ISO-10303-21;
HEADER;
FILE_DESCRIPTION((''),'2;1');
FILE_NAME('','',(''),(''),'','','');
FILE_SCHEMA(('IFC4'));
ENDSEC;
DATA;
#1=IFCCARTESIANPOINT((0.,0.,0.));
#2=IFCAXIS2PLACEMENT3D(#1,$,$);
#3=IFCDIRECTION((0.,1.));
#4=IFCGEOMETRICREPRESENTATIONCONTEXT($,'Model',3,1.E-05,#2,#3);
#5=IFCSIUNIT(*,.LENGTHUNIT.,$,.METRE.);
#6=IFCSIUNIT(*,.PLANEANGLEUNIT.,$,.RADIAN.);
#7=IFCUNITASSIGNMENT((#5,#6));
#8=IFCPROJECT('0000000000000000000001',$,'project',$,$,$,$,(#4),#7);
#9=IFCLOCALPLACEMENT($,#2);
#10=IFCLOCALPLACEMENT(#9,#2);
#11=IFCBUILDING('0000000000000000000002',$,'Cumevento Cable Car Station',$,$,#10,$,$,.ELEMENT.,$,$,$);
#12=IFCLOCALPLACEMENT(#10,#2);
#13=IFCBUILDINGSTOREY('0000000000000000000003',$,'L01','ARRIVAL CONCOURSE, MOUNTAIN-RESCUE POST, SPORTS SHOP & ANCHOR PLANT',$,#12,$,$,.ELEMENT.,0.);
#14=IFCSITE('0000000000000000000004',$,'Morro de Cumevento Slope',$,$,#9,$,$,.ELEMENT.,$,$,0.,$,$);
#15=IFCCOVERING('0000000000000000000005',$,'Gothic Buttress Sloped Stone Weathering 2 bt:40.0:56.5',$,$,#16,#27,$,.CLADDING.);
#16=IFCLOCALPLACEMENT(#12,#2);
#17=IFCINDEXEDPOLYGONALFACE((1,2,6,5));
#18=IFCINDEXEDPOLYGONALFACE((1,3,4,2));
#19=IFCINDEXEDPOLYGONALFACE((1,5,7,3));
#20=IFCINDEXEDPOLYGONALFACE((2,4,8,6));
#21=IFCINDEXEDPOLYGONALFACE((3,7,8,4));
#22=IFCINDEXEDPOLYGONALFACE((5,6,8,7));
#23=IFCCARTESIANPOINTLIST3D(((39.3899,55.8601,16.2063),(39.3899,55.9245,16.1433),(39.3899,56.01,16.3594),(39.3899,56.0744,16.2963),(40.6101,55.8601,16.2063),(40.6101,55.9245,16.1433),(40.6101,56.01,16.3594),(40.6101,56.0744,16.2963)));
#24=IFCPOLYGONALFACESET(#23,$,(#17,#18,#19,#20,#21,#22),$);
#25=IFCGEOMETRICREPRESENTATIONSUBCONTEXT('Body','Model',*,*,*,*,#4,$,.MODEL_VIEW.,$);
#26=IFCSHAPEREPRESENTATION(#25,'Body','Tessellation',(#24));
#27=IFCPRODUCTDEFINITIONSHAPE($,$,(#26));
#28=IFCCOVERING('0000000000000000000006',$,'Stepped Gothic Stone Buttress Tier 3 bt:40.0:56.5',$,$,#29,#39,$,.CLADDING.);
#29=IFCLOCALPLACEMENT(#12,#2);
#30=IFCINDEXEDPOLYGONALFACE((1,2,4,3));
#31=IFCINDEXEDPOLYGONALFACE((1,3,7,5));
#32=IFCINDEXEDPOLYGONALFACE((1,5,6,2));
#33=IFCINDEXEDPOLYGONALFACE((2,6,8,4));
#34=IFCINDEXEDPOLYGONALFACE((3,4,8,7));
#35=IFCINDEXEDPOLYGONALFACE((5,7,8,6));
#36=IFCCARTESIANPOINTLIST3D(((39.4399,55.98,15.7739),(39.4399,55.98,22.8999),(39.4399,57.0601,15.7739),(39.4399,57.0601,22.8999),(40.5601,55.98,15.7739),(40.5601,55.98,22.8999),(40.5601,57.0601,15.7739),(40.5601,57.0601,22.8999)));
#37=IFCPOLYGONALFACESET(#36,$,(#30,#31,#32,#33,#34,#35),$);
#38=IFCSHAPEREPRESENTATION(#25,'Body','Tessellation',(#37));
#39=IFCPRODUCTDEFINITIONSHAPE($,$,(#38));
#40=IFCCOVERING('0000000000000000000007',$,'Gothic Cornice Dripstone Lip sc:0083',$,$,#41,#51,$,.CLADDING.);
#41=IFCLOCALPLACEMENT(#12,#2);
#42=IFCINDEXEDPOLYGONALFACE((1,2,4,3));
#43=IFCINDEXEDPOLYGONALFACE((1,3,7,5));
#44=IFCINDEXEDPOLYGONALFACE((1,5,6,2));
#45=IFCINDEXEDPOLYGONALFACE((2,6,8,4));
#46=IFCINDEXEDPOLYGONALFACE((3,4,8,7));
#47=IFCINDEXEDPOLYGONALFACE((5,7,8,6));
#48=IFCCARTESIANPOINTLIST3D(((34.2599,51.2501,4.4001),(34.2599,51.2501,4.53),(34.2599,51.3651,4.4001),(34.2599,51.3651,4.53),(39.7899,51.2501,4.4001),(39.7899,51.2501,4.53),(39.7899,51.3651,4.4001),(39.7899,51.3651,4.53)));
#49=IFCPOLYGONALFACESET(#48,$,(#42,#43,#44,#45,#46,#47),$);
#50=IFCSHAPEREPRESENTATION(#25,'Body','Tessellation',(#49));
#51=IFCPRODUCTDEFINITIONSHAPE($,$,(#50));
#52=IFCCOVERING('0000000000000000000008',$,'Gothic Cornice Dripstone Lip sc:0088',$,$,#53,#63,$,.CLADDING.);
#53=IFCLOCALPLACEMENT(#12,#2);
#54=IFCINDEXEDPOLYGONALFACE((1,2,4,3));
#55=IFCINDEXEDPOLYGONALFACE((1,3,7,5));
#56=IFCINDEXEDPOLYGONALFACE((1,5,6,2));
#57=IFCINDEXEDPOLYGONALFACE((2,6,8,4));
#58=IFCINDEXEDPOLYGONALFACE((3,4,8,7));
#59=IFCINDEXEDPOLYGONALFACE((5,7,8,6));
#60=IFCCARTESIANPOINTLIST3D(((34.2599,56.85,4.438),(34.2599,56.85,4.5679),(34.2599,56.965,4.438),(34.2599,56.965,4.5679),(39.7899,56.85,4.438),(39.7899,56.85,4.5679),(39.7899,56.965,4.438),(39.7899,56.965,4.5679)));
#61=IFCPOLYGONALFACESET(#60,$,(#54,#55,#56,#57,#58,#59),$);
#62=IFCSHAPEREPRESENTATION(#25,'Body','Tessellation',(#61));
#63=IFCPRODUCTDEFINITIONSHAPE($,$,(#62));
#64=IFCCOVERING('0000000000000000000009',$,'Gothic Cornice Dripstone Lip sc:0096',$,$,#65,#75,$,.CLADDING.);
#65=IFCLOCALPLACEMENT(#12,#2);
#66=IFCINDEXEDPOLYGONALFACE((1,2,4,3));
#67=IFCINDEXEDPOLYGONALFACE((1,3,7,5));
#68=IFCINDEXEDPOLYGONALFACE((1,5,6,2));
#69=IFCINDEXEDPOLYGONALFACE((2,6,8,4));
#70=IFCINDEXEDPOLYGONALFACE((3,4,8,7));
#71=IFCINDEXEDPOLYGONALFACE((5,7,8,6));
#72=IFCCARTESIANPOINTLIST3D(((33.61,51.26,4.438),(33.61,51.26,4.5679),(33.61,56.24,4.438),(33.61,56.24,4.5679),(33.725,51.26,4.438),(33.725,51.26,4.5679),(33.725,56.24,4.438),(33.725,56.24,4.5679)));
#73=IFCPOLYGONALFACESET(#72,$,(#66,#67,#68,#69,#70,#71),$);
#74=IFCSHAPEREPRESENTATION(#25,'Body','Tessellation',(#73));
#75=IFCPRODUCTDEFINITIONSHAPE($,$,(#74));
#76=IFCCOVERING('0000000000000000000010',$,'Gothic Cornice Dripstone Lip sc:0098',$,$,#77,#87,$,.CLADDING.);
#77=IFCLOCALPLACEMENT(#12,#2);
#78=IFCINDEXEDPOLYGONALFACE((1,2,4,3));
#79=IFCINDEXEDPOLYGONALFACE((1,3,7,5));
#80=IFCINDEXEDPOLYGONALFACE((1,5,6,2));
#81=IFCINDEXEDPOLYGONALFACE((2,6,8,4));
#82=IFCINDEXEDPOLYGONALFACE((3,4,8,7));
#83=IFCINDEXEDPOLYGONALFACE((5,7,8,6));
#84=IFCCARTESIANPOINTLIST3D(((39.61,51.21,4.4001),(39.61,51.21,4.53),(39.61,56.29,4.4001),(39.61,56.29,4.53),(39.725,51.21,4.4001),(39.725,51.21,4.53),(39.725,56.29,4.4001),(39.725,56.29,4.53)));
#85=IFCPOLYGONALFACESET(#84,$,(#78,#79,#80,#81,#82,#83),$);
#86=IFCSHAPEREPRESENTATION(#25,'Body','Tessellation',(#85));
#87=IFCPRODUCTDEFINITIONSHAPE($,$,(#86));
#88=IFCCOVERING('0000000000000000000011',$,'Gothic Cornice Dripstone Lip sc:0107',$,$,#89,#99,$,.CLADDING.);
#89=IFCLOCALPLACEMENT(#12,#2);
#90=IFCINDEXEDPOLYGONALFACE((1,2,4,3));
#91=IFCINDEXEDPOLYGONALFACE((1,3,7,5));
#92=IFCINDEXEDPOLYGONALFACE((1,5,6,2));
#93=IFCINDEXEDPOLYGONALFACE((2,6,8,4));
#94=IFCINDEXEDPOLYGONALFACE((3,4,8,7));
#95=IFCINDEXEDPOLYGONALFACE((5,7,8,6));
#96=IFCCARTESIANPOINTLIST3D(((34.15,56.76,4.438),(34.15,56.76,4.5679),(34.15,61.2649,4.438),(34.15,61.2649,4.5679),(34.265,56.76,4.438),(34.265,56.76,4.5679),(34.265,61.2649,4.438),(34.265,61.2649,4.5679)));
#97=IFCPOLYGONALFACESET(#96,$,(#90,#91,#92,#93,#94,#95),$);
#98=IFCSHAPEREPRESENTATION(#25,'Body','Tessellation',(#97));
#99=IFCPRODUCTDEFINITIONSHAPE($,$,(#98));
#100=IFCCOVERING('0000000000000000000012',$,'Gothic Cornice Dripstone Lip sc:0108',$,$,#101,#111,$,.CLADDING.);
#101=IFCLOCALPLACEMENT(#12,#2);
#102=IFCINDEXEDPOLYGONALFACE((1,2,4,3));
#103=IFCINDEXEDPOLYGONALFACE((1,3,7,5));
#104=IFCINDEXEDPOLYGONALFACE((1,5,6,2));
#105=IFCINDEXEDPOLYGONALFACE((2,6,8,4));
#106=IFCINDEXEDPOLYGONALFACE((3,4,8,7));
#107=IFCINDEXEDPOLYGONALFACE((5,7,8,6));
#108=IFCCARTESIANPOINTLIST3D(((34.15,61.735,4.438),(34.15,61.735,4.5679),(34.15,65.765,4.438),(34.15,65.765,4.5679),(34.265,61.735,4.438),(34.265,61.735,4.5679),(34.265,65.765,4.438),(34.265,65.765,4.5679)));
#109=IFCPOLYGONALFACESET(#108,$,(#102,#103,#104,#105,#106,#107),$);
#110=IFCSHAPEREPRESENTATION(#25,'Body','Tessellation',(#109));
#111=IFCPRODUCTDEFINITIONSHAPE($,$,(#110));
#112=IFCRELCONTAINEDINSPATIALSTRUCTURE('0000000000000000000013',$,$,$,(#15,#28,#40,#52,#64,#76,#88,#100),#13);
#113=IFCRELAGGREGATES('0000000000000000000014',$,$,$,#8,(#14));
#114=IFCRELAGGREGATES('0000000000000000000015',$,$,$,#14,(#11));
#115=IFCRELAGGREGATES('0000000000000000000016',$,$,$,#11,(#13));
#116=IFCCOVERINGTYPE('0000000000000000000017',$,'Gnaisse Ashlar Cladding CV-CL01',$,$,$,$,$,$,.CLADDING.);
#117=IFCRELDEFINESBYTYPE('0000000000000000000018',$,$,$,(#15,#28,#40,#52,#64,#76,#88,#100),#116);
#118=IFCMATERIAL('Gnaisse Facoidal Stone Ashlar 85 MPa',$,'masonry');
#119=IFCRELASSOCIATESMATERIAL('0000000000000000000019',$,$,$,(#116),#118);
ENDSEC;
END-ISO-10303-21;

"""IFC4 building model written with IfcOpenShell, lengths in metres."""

from ifc_helpers import new_model, si_unit, direction, frame, origin, origin_2d, place, context, subcontext, project, spatial, polyline, rectangle, outline, extrude, material, type_object, element, save


model = new_model("IFC4")

# Units and contexts
model_context = context("Model", 3, precision=1e-05, world=origin(), true_north=direction((0.0, 1.0)))
body_context = subcontext(model_context, "Body", "Model", "MODEL_VIEW")
ifc_project = project(units=[si_unit("LENGTHUNIT", "METRE"), si_unit("PLANEANGLEUNIT", "RADIAN")], contexts=[model_context])

# Site, building, storey
site_placement = place(None, origin())
site = spatial("IfcSite", under=ifc_project, at=site_placement, Name="Morro de Cumevento Slope", CompositionType="ELEMENT", RefElevation=0.0)
building_placement = place(site_placement, origin())
building = spatial("IfcBuilding", under=site, at=building_placement, Name="Cumevento Cable Car Station", CompositionType="ELEMENT")
storey_placement = place(building_placement, origin())
storey = spatial("IfcBuildingStorey", under=building, at=storey_placement, Name="L01", Description="ARRIVAL CONCOURSE, MOUNTAIN-RESCUE POST, SPORTS SHOP & ANCHOR PLANT", CompositionType="ELEMENT", Elevation=0.0)

# Coverings
ifc_material_1 = material(Name="Gnaisse Facoidal Stone Ashlar 85 MPa", Category="masonry")
covering_type = type_object("IfcCoveringType", Name="Gnaisse Ashlar Cladding CV-CL01", PredefinedType="CLADDING", material=ifc_material_1)
covering_1_placement = place(storey_placement, frame((39.3899, 55.8601, 16.2063), z_axis=(0.0, -0.714475, 0.699661), x_axis=(1.0, 0.0, 0.0)))
element("IfcCovering", 1, at=covering_1_placement, inside=storey, type_object=covering_type, Name="Gothic Buttress Sloped Stone Weathering 2 bt:40.0:56.5", PredefinedType="CLADDING", context=body_context, shape_type="SweptSolid", body=[
    extrude(outline(polyline([(0.0, 0.0), (1.2202, 0.0), (1.2202, 0.2142), (0.0, 0.2142), (0.0, 0.0)])), origin(), (0.0, 0.0, -1.0), 0.0901),
])
covering_2_placement = place(storey_placement, frame((40.0, 56.52, 15.7739), z_axis=(0.0, 0.0, 1.0), x_axis=(1.0, 0.0, 0.0)))
element("IfcCovering", 2, at=covering_2_placement, inside=storey, type_object=covering_type, Name="Stepped Gothic Stone Buttress Tier 3 bt:40.0:56.5", PredefinedType="CLADDING", context=body_context, shape_type="SweptSolid", body=[
    extrude(rectangle(XDim=1.1201, YDim=1.0801, at=origin_2d()), origin(), (0.0, 0.0, 1.0), 7.126),
])
for number, where, z_axis, x_axis, name in (
    (3, (37.0249, 51.3076, 4.4001), (0.0, 0.0, 1.0), (1.0, 0.0, 0.0), "Gothic Cornice Dripstone Lip sc:0083"),
    (4, (37.0249, 56.9075, 4.438), (0.0, 0.0, 1.0), (1.0, 0.0, 0.0), "Gothic Cornice Dripstone Lip sc:0088"),
):
    element("IfcCovering", number, at=place(storey_placement, frame(where, z_axis=z_axis, x_axis=x_axis)), inside=storey, type_object=covering_type, Name=name, PredefinedType="CLADDING", context=body_context, shape_type="SweptSolid", body=[
        extrude(rectangle(XDim=5.53, YDim=0.115, at=origin_2d()), origin(), (0.0, 0.0, 1.0), 0.1299),
    ])
covering_3_placement = place(storey_placement, frame((33.6675, 53.75, 4.438), z_axis=(0.0, 0.0, 1.0), x_axis=(0.0, 1.0, 0.0)))
element("IfcCovering", 5, at=covering_3_placement, inside=storey, type_object=covering_type, Name="Gothic Cornice Dripstone Lip sc:0096", PredefinedType="CLADDING", context=body_context, shape_type="SweptSolid", body=[
    extrude(rectangle(XDim=4.98, YDim=0.115, at=origin_2d()), origin(), (0.0, 0.0, 1.0), 0.1299),
])
covering_4_placement = place(storey_placement, frame((39.6675, 53.75, 4.4001), z_axis=(0.0, 0.0, 1.0), x_axis=(0.0, 1.0, 0.0)))
element("IfcCovering", 6, at=covering_4_placement, inside=storey, type_object=covering_type, Name="Gothic Cornice Dripstone Lip sc:0098", PredefinedType="CLADDING", context=body_context, shape_type="SweptSolid", body=[
    extrude(rectangle(XDim=5.0801, YDim=0.115, at=origin_2d()), origin(), (0.0, 0.0, 1.0), 0.1299),
])
covering_5_placement = place(storey_placement, frame((34.2075, 59.0125, 4.438), z_axis=(0.0, 0.0, 1.0), x_axis=(0.0, -1.0, 0.0)))
element("IfcCovering", 7, at=covering_5_placement, inside=storey, type_object=covering_type, Name="Gothic Cornice Dripstone Lip sc:0107", PredefinedType="CLADDING", context=body_context, shape_type="SweptSolid", body=[
    extrude(rectangle(XDim=4.5049, YDim=0.115, at=origin_2d()), origin(), (0.0, 0.0, 1.0), 0.1299),
])
covering_6_placement = place(storey_placement, frame((34.2075, 63.75, 4.438), z_axis=(0.0, 0.0, 1.0), x_axis=(0.0, -1.0, 0.0)))
element("IfcCovering", 8, at=covering_6_placement, inside=storey, type_object=covering_type, Name="Gothic Cornice Dripstone Lip sc:0108", PredefinedType="CLADDING", context=body_context, shape_type="SweptSolid", body=[
    extrude(rectangle(XDim=4.03, YDim=0.115, at=origin_2d()), origin(), (0.0, 0.0, 1.0), 0.1299),
])

save(model, "model.ifc")
